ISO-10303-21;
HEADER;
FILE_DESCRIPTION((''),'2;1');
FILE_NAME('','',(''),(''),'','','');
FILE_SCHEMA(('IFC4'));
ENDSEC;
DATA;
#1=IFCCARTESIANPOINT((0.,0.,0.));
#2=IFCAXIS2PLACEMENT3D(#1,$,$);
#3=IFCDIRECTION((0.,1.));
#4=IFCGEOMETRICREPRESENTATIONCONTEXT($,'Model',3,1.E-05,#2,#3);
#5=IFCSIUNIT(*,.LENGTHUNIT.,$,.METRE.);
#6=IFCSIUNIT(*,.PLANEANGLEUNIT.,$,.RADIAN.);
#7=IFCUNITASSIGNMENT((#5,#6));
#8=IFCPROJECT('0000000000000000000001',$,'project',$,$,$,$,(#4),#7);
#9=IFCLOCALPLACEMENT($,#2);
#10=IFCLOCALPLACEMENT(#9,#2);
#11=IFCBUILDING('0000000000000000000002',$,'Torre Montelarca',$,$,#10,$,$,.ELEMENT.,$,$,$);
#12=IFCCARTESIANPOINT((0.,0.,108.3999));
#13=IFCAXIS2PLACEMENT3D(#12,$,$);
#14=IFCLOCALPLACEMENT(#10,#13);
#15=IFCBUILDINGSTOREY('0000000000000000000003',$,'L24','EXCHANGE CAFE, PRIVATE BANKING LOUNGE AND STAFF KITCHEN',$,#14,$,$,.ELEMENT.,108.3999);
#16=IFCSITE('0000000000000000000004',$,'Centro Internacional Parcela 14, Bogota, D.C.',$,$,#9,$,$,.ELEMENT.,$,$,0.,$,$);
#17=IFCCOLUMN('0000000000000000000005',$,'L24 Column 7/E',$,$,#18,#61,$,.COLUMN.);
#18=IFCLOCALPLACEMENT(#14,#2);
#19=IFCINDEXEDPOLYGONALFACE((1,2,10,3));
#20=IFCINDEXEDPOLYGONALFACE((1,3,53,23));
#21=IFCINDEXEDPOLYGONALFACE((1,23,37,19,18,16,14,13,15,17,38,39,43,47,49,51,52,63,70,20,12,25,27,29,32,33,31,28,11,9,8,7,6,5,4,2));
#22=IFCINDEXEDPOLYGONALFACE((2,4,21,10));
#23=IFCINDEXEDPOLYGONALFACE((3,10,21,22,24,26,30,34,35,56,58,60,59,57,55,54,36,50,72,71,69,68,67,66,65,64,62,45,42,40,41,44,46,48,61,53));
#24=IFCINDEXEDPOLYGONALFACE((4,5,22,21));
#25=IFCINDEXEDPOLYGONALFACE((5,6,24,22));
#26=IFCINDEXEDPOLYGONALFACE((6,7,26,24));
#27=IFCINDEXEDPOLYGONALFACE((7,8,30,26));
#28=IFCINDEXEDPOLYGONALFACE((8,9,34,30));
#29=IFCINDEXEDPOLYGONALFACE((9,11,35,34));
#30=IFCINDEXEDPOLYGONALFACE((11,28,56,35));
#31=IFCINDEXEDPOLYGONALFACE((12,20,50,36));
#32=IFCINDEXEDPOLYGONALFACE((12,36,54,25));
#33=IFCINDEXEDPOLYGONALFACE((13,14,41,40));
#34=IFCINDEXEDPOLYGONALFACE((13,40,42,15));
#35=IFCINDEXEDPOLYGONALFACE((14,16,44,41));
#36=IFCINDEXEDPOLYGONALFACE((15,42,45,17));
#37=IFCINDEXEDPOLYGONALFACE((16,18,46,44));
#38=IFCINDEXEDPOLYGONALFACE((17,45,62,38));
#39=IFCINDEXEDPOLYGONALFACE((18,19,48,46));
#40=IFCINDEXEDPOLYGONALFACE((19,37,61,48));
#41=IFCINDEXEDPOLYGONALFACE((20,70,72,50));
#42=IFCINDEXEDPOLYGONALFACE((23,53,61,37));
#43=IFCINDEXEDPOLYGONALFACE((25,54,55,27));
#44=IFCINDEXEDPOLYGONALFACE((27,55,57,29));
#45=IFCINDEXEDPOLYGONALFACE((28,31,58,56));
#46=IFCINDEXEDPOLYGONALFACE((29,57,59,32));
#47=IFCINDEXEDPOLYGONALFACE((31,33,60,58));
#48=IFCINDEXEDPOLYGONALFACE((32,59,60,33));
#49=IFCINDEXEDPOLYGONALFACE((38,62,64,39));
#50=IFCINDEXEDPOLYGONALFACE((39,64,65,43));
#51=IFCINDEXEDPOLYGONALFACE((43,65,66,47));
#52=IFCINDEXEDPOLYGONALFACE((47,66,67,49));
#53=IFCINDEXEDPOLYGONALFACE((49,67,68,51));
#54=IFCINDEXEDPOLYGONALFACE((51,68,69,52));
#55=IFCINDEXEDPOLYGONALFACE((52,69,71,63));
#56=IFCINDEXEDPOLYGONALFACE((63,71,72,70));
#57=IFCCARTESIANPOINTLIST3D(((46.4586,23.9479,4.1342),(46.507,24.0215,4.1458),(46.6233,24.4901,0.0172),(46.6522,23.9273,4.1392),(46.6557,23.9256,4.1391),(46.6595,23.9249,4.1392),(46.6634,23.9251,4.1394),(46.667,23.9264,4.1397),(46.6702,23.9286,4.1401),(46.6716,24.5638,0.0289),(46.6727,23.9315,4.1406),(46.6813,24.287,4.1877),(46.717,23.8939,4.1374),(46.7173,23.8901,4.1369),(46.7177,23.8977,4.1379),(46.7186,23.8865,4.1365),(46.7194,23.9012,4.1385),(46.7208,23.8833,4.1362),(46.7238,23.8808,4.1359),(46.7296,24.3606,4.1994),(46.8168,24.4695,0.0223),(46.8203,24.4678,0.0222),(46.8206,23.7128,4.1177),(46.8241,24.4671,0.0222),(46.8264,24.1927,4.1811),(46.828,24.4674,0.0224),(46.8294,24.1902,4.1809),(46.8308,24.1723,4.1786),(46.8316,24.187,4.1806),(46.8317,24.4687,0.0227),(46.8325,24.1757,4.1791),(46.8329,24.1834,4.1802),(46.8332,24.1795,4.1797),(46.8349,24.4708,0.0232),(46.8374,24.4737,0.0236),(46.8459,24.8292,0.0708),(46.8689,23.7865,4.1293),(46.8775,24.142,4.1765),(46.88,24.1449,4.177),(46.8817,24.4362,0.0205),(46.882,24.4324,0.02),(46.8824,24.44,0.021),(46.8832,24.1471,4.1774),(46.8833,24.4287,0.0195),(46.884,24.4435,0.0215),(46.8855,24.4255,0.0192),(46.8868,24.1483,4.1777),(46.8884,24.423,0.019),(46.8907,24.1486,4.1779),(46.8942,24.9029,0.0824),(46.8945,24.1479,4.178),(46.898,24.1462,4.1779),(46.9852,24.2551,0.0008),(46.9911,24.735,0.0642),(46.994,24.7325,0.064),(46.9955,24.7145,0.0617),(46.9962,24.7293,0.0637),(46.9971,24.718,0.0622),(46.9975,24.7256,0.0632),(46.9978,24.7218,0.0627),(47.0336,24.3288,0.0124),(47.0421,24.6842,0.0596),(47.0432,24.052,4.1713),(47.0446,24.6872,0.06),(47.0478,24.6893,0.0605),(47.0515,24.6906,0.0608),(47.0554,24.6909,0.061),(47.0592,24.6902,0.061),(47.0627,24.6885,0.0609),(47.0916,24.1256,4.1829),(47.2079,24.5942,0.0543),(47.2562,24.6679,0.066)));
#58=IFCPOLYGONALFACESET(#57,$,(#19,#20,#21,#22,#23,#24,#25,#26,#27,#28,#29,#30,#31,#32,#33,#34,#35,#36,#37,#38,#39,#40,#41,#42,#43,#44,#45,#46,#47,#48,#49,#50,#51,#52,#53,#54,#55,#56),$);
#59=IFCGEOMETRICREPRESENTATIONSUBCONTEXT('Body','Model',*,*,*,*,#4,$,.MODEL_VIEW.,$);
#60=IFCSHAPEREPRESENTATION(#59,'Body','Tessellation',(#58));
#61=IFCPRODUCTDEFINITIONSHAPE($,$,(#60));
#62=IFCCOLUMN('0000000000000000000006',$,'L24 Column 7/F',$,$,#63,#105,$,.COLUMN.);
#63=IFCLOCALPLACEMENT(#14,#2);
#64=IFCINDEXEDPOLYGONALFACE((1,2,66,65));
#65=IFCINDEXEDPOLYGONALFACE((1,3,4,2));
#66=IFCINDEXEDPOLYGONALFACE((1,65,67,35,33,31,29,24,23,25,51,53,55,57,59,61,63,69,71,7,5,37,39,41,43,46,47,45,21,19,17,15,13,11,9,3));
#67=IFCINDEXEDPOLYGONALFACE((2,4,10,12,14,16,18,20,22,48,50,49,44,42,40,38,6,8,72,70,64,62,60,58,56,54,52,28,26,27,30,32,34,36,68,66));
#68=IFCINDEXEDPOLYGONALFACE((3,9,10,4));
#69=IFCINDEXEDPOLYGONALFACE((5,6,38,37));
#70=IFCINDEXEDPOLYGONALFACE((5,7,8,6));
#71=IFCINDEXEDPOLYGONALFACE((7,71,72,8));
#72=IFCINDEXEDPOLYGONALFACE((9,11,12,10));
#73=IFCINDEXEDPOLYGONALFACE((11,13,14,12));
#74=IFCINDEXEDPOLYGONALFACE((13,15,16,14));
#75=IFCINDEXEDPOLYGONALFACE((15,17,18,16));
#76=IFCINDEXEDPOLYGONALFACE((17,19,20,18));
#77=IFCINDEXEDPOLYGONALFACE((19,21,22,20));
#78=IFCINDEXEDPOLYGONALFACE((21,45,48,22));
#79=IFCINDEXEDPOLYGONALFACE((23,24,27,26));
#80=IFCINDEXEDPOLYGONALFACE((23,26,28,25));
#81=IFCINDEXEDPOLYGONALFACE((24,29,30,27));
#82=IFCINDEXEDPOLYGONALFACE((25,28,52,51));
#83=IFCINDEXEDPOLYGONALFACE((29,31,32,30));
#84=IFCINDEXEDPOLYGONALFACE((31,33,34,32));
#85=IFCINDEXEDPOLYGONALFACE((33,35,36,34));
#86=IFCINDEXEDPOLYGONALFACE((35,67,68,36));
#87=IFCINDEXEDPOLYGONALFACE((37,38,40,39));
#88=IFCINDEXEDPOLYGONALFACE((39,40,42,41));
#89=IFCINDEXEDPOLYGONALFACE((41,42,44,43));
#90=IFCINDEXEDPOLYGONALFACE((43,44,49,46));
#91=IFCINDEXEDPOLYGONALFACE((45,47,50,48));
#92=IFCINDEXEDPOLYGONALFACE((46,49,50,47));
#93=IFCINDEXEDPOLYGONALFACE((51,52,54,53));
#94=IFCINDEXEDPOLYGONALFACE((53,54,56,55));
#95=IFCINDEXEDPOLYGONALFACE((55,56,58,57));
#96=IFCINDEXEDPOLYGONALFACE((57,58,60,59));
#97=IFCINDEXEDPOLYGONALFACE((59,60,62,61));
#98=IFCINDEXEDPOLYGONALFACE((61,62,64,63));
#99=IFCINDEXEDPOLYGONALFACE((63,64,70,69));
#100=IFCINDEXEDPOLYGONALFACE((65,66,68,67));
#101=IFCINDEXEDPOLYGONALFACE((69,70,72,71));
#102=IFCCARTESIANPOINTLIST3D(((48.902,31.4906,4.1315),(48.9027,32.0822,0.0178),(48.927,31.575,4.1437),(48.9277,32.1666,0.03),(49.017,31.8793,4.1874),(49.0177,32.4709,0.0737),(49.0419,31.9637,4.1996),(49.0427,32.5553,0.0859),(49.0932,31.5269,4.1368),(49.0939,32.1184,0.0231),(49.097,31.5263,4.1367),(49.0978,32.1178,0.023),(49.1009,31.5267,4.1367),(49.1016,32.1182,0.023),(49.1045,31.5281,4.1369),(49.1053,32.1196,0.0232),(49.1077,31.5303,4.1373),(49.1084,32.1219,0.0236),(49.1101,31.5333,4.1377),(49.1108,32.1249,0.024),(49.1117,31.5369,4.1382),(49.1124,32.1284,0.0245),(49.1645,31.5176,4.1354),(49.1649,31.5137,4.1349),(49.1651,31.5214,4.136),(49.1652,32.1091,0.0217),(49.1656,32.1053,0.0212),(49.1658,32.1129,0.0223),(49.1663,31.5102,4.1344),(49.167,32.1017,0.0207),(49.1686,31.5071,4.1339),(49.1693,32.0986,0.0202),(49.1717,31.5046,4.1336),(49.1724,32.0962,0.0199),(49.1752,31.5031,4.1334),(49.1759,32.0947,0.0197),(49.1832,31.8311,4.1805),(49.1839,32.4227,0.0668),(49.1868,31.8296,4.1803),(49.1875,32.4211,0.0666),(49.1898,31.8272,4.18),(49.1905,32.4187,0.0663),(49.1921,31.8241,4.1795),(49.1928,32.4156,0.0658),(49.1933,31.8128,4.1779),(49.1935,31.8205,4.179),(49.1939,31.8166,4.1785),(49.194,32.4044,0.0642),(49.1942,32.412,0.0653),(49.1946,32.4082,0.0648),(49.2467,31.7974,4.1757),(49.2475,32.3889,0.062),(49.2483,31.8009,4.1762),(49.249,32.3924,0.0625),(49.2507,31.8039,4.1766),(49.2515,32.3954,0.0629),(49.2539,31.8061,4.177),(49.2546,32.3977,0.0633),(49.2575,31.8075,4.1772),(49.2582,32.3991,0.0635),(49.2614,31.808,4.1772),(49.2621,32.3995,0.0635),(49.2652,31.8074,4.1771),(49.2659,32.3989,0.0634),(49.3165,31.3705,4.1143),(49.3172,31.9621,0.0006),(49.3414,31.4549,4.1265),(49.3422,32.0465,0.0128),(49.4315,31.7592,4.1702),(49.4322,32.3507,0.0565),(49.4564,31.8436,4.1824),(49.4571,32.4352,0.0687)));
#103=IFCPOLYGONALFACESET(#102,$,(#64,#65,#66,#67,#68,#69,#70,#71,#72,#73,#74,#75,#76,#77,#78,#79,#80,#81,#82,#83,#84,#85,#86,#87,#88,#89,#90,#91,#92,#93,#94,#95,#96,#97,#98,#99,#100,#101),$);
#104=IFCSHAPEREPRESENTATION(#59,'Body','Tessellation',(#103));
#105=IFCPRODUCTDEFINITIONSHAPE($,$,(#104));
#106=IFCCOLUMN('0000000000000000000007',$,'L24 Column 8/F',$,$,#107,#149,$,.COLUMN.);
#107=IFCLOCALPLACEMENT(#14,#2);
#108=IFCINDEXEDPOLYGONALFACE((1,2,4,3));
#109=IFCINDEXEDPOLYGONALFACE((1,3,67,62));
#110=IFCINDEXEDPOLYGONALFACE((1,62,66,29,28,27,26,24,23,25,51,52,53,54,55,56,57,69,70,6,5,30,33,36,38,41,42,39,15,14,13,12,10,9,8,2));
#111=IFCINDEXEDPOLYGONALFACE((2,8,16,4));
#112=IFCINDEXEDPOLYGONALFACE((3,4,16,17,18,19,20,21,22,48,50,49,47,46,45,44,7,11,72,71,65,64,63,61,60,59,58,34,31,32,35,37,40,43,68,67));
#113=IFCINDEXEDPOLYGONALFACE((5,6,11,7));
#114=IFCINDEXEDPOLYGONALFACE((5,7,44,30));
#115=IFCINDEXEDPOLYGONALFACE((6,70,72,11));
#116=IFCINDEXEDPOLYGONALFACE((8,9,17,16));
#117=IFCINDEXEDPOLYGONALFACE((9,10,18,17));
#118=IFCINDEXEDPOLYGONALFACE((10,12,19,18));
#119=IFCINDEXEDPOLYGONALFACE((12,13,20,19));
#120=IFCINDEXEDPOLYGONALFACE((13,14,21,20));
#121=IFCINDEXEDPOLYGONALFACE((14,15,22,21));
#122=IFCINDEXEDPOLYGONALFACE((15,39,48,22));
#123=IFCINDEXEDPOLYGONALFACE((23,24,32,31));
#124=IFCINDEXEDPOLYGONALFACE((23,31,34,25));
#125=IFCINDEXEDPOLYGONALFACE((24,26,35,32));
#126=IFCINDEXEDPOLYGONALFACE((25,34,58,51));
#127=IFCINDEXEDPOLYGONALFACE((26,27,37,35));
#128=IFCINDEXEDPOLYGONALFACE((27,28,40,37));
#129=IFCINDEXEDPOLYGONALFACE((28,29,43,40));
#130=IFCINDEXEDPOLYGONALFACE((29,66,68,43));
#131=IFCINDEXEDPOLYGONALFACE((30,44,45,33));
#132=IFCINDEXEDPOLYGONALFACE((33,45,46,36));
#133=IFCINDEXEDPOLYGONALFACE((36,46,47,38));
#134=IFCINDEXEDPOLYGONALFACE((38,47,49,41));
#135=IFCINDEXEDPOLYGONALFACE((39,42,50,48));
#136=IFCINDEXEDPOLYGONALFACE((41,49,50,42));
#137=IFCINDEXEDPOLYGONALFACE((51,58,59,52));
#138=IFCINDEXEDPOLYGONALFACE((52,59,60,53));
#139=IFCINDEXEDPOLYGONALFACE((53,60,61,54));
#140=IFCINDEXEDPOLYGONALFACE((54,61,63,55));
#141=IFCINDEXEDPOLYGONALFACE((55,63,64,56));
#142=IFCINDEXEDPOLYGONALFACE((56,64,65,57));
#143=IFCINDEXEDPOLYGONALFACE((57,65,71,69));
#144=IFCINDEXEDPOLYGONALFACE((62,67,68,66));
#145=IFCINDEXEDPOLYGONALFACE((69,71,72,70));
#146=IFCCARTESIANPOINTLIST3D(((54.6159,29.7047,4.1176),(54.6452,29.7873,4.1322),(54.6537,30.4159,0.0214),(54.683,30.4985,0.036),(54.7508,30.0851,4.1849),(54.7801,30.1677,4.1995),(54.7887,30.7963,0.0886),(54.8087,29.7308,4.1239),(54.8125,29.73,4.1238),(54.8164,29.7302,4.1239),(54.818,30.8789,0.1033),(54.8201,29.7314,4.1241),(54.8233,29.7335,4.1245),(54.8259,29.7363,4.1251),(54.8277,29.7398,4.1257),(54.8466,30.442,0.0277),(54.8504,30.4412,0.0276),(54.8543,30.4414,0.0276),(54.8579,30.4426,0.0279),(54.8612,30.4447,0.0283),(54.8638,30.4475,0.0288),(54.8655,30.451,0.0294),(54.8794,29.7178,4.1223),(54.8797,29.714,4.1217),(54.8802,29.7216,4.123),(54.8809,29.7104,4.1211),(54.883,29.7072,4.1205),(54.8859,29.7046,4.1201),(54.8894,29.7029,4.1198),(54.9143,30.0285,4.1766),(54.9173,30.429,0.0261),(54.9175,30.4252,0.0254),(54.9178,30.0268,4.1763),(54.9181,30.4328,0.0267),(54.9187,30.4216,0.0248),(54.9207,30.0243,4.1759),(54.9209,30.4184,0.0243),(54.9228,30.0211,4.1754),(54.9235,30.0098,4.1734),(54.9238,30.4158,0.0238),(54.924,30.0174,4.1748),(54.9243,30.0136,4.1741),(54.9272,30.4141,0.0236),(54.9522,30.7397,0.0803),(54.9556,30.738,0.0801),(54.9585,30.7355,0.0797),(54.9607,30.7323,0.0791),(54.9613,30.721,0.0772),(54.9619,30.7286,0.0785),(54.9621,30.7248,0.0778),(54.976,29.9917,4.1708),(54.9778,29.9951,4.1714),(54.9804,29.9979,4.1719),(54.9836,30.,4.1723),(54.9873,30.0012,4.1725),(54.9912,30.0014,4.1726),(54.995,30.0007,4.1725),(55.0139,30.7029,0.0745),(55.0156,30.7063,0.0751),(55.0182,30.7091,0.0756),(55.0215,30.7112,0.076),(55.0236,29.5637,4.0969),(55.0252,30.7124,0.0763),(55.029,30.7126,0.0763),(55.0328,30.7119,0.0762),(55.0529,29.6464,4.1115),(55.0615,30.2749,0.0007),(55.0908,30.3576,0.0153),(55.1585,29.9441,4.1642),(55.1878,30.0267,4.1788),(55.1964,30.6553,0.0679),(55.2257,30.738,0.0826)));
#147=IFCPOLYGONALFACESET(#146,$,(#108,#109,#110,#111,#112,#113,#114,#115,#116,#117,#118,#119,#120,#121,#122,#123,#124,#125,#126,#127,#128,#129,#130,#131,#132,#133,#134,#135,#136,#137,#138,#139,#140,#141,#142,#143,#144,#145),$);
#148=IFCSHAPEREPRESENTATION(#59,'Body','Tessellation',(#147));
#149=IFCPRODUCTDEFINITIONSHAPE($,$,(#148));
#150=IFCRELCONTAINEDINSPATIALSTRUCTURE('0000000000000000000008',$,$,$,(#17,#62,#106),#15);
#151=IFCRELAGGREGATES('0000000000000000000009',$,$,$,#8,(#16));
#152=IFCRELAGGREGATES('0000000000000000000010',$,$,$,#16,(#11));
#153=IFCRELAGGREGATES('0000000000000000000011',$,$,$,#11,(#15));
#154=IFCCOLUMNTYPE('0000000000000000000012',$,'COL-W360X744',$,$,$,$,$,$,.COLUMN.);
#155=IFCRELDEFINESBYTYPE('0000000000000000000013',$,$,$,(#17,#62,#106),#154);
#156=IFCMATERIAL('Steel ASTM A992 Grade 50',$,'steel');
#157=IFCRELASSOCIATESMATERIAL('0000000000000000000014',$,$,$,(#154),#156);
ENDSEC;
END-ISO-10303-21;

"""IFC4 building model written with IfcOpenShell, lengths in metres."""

from ifc_helpers import new_model, si_unit, direction, frame, origin, origin_2d, place, context, subcontext, project, spatial, i_section, extrude, clip, halfspace, material, material_profile, profile_set, type_object, element, save


model = new_model("IFC4")

# Units and contexts
model_context = context("Model", 3, precision=1e-05, world=origin(), true_north=direction((0.0, 1.0)))
body_context = subcontext(model_context, "Body", "Model", "MODEL_VIEW")
ifc_project = project(units=[si_unit("LENGTHUNIT", "METRE"), si_unit("PLANEANGLEUNIT", "RADIAN")], contexts=[model_context])

# Site, building, storey
site_placement = place(None, origin())
site = spatial("IfcSite", under=ifc_project, at=site_placement, Name="Centro Internacional Parcela 14, Bogota, D.C.", CompositionType="ELEMENT", RefElevation=0.0)
building_placement = place(site_placement, origin())
building = spatial("IfcBuilding", under=site, at=building_placement, Name="Torre Montelarca", CompositionType="ELEMENT")
storey_placement = place(building_placement, frame((0.0, 0.0, 108.3999)))
storey = spatial("IfcBuildingStorey", under=building, at=storey_placement, Name="L24", Description="EXCHANGE CAFE, PRIVATE BANKING LOUNGE AND STAFF KITCHEN", CompositionType="ELEMENT", Elevation=108.3999)

# Columns
ifc_material_1 = material(Name="Steel ASTM A992 Grade 50", Category="steel")
ifc_material_profile_1 = material_profile(ifc_material_1, i_section(OverallWidth=0.4319, OverallDepth=0.498, WebThickness=0.0557, FlangeThickness=0.0889, FilletRadius=0.0149, at=origin_2d()), Name="W360X744", Category="steel")
ifc_profile_set_1 = profile_set([ifc_material_profile_1], Name="Steel ASTM A992 Grade 50")
column_type_1 = type_object("IfcColumnType", Name="COL-W360X744", PredefinedType="COLUMN", material=ifc_profile_set_1)
column_1_placement = place(storey_placement, frame((46.9414, 24.5845, 0.0), z_axis=(-0.039617, -0.130483, 0.990659), x_axis=(-0.838104, 0.544175, 0.038159)))
element("IfcColumn", 1, at=column_1_placement, inside=storey, type_object=column_type_1, Name="L24 Column 7/E", PredefinedType="COLUMN", context=body_context, shape_type="Clipping", body=[
    clip(clip(extrude(i_section(OverallWidth=0.4319, OverallDepth=0.498, WebThickness=0.0557, FlangeThickness=0.0889, FilletRadius=0.0149, at=origin_2d()), origin(), (0.0, 0.0, 1.0), 4.2397), halfspace(frame((0.0, 0.0, 0.042), z_axis=(0.0, 0.0, -1.0), x_axis=(1.0, 0.0, 0.0)), False)), halfspace(frame((0.0, 0.0, 4.1978), z_axis=(0.0, 0.0, 1.0), x_axis=(1.0, 0.0, 0.0)), False)),
])
column_2_placement = place(storey_placement, frame((49.1799, 32.2649, 0.0), z_axis=(-0.000173, -0.14234, 0.989818), x_axis=(-0.959713, 0.278144, 0.039831)))
element("IfcColumn", 2, at=column_2_placement, inside=storey, type_object=column_type_1, Name="L24 Column 7/F", PredefinedType="COLUMN", context=body_context, shape_type="Clipping", body=[
    clip(clip(extrude(i_section(OverallWidth=0.4319, OverallDepth=0.498, WebThickness=0.0557, FlangeThickness=0.0889, FilletRadius=0.0149, at=origin_2d()), origin(), (0.0, 0.0, 1.0), 4.2434), halfspace(frame((0.0, 0.0, 0.0437), z_axis=(0.0, 0.0, -1.0), x_axis=(1.0, 0.0, 0.0)), False)), halfspace(frame((0.0, 0.0, 4.1997), z_axis=(0.0, 0.0, 1.0), x_axis=(1.0, 0.0, 0.0)), False)),
])
column_3_placement = place(storey_placement, frame((54.9402, 30.5859, 0.0), z_axis=(-0.009105, -0.171056, 0.985219), x_axis=(-0.944038, 0.326335, 0.047934)))
element("IfcColumn", 3, at=column_3_placement, inside=storey, type_object=column_type_1, Name="L24 Column 8/F", PredefinedType="COLUMN", context=body_context, shape_type="Clipping", body=[
    clip(clip(extrude(i_section(OverallWidth=0.4319, OverallDepth=0.498, WebThickness=0.0557, FlangeThickness=0.0889, FilletRadius=0.0149, at=origin_2d()), origin(), (0.0, 0.0, 1.0), 4.2632), halfspace(frame((0.0, 0.0, 0.0527), z_axis=(0.0, 0.0, -1.0), x_axis=(1.0, 0.0, 0.0)), False)), halfspace(frame((0.0, 0.0, 4.2104), z_axis=(0.0, 0.0, 1.0), x_axis=(1.0, 0.0, 0.0)), False)),
])

save(model, "model.ifc")
